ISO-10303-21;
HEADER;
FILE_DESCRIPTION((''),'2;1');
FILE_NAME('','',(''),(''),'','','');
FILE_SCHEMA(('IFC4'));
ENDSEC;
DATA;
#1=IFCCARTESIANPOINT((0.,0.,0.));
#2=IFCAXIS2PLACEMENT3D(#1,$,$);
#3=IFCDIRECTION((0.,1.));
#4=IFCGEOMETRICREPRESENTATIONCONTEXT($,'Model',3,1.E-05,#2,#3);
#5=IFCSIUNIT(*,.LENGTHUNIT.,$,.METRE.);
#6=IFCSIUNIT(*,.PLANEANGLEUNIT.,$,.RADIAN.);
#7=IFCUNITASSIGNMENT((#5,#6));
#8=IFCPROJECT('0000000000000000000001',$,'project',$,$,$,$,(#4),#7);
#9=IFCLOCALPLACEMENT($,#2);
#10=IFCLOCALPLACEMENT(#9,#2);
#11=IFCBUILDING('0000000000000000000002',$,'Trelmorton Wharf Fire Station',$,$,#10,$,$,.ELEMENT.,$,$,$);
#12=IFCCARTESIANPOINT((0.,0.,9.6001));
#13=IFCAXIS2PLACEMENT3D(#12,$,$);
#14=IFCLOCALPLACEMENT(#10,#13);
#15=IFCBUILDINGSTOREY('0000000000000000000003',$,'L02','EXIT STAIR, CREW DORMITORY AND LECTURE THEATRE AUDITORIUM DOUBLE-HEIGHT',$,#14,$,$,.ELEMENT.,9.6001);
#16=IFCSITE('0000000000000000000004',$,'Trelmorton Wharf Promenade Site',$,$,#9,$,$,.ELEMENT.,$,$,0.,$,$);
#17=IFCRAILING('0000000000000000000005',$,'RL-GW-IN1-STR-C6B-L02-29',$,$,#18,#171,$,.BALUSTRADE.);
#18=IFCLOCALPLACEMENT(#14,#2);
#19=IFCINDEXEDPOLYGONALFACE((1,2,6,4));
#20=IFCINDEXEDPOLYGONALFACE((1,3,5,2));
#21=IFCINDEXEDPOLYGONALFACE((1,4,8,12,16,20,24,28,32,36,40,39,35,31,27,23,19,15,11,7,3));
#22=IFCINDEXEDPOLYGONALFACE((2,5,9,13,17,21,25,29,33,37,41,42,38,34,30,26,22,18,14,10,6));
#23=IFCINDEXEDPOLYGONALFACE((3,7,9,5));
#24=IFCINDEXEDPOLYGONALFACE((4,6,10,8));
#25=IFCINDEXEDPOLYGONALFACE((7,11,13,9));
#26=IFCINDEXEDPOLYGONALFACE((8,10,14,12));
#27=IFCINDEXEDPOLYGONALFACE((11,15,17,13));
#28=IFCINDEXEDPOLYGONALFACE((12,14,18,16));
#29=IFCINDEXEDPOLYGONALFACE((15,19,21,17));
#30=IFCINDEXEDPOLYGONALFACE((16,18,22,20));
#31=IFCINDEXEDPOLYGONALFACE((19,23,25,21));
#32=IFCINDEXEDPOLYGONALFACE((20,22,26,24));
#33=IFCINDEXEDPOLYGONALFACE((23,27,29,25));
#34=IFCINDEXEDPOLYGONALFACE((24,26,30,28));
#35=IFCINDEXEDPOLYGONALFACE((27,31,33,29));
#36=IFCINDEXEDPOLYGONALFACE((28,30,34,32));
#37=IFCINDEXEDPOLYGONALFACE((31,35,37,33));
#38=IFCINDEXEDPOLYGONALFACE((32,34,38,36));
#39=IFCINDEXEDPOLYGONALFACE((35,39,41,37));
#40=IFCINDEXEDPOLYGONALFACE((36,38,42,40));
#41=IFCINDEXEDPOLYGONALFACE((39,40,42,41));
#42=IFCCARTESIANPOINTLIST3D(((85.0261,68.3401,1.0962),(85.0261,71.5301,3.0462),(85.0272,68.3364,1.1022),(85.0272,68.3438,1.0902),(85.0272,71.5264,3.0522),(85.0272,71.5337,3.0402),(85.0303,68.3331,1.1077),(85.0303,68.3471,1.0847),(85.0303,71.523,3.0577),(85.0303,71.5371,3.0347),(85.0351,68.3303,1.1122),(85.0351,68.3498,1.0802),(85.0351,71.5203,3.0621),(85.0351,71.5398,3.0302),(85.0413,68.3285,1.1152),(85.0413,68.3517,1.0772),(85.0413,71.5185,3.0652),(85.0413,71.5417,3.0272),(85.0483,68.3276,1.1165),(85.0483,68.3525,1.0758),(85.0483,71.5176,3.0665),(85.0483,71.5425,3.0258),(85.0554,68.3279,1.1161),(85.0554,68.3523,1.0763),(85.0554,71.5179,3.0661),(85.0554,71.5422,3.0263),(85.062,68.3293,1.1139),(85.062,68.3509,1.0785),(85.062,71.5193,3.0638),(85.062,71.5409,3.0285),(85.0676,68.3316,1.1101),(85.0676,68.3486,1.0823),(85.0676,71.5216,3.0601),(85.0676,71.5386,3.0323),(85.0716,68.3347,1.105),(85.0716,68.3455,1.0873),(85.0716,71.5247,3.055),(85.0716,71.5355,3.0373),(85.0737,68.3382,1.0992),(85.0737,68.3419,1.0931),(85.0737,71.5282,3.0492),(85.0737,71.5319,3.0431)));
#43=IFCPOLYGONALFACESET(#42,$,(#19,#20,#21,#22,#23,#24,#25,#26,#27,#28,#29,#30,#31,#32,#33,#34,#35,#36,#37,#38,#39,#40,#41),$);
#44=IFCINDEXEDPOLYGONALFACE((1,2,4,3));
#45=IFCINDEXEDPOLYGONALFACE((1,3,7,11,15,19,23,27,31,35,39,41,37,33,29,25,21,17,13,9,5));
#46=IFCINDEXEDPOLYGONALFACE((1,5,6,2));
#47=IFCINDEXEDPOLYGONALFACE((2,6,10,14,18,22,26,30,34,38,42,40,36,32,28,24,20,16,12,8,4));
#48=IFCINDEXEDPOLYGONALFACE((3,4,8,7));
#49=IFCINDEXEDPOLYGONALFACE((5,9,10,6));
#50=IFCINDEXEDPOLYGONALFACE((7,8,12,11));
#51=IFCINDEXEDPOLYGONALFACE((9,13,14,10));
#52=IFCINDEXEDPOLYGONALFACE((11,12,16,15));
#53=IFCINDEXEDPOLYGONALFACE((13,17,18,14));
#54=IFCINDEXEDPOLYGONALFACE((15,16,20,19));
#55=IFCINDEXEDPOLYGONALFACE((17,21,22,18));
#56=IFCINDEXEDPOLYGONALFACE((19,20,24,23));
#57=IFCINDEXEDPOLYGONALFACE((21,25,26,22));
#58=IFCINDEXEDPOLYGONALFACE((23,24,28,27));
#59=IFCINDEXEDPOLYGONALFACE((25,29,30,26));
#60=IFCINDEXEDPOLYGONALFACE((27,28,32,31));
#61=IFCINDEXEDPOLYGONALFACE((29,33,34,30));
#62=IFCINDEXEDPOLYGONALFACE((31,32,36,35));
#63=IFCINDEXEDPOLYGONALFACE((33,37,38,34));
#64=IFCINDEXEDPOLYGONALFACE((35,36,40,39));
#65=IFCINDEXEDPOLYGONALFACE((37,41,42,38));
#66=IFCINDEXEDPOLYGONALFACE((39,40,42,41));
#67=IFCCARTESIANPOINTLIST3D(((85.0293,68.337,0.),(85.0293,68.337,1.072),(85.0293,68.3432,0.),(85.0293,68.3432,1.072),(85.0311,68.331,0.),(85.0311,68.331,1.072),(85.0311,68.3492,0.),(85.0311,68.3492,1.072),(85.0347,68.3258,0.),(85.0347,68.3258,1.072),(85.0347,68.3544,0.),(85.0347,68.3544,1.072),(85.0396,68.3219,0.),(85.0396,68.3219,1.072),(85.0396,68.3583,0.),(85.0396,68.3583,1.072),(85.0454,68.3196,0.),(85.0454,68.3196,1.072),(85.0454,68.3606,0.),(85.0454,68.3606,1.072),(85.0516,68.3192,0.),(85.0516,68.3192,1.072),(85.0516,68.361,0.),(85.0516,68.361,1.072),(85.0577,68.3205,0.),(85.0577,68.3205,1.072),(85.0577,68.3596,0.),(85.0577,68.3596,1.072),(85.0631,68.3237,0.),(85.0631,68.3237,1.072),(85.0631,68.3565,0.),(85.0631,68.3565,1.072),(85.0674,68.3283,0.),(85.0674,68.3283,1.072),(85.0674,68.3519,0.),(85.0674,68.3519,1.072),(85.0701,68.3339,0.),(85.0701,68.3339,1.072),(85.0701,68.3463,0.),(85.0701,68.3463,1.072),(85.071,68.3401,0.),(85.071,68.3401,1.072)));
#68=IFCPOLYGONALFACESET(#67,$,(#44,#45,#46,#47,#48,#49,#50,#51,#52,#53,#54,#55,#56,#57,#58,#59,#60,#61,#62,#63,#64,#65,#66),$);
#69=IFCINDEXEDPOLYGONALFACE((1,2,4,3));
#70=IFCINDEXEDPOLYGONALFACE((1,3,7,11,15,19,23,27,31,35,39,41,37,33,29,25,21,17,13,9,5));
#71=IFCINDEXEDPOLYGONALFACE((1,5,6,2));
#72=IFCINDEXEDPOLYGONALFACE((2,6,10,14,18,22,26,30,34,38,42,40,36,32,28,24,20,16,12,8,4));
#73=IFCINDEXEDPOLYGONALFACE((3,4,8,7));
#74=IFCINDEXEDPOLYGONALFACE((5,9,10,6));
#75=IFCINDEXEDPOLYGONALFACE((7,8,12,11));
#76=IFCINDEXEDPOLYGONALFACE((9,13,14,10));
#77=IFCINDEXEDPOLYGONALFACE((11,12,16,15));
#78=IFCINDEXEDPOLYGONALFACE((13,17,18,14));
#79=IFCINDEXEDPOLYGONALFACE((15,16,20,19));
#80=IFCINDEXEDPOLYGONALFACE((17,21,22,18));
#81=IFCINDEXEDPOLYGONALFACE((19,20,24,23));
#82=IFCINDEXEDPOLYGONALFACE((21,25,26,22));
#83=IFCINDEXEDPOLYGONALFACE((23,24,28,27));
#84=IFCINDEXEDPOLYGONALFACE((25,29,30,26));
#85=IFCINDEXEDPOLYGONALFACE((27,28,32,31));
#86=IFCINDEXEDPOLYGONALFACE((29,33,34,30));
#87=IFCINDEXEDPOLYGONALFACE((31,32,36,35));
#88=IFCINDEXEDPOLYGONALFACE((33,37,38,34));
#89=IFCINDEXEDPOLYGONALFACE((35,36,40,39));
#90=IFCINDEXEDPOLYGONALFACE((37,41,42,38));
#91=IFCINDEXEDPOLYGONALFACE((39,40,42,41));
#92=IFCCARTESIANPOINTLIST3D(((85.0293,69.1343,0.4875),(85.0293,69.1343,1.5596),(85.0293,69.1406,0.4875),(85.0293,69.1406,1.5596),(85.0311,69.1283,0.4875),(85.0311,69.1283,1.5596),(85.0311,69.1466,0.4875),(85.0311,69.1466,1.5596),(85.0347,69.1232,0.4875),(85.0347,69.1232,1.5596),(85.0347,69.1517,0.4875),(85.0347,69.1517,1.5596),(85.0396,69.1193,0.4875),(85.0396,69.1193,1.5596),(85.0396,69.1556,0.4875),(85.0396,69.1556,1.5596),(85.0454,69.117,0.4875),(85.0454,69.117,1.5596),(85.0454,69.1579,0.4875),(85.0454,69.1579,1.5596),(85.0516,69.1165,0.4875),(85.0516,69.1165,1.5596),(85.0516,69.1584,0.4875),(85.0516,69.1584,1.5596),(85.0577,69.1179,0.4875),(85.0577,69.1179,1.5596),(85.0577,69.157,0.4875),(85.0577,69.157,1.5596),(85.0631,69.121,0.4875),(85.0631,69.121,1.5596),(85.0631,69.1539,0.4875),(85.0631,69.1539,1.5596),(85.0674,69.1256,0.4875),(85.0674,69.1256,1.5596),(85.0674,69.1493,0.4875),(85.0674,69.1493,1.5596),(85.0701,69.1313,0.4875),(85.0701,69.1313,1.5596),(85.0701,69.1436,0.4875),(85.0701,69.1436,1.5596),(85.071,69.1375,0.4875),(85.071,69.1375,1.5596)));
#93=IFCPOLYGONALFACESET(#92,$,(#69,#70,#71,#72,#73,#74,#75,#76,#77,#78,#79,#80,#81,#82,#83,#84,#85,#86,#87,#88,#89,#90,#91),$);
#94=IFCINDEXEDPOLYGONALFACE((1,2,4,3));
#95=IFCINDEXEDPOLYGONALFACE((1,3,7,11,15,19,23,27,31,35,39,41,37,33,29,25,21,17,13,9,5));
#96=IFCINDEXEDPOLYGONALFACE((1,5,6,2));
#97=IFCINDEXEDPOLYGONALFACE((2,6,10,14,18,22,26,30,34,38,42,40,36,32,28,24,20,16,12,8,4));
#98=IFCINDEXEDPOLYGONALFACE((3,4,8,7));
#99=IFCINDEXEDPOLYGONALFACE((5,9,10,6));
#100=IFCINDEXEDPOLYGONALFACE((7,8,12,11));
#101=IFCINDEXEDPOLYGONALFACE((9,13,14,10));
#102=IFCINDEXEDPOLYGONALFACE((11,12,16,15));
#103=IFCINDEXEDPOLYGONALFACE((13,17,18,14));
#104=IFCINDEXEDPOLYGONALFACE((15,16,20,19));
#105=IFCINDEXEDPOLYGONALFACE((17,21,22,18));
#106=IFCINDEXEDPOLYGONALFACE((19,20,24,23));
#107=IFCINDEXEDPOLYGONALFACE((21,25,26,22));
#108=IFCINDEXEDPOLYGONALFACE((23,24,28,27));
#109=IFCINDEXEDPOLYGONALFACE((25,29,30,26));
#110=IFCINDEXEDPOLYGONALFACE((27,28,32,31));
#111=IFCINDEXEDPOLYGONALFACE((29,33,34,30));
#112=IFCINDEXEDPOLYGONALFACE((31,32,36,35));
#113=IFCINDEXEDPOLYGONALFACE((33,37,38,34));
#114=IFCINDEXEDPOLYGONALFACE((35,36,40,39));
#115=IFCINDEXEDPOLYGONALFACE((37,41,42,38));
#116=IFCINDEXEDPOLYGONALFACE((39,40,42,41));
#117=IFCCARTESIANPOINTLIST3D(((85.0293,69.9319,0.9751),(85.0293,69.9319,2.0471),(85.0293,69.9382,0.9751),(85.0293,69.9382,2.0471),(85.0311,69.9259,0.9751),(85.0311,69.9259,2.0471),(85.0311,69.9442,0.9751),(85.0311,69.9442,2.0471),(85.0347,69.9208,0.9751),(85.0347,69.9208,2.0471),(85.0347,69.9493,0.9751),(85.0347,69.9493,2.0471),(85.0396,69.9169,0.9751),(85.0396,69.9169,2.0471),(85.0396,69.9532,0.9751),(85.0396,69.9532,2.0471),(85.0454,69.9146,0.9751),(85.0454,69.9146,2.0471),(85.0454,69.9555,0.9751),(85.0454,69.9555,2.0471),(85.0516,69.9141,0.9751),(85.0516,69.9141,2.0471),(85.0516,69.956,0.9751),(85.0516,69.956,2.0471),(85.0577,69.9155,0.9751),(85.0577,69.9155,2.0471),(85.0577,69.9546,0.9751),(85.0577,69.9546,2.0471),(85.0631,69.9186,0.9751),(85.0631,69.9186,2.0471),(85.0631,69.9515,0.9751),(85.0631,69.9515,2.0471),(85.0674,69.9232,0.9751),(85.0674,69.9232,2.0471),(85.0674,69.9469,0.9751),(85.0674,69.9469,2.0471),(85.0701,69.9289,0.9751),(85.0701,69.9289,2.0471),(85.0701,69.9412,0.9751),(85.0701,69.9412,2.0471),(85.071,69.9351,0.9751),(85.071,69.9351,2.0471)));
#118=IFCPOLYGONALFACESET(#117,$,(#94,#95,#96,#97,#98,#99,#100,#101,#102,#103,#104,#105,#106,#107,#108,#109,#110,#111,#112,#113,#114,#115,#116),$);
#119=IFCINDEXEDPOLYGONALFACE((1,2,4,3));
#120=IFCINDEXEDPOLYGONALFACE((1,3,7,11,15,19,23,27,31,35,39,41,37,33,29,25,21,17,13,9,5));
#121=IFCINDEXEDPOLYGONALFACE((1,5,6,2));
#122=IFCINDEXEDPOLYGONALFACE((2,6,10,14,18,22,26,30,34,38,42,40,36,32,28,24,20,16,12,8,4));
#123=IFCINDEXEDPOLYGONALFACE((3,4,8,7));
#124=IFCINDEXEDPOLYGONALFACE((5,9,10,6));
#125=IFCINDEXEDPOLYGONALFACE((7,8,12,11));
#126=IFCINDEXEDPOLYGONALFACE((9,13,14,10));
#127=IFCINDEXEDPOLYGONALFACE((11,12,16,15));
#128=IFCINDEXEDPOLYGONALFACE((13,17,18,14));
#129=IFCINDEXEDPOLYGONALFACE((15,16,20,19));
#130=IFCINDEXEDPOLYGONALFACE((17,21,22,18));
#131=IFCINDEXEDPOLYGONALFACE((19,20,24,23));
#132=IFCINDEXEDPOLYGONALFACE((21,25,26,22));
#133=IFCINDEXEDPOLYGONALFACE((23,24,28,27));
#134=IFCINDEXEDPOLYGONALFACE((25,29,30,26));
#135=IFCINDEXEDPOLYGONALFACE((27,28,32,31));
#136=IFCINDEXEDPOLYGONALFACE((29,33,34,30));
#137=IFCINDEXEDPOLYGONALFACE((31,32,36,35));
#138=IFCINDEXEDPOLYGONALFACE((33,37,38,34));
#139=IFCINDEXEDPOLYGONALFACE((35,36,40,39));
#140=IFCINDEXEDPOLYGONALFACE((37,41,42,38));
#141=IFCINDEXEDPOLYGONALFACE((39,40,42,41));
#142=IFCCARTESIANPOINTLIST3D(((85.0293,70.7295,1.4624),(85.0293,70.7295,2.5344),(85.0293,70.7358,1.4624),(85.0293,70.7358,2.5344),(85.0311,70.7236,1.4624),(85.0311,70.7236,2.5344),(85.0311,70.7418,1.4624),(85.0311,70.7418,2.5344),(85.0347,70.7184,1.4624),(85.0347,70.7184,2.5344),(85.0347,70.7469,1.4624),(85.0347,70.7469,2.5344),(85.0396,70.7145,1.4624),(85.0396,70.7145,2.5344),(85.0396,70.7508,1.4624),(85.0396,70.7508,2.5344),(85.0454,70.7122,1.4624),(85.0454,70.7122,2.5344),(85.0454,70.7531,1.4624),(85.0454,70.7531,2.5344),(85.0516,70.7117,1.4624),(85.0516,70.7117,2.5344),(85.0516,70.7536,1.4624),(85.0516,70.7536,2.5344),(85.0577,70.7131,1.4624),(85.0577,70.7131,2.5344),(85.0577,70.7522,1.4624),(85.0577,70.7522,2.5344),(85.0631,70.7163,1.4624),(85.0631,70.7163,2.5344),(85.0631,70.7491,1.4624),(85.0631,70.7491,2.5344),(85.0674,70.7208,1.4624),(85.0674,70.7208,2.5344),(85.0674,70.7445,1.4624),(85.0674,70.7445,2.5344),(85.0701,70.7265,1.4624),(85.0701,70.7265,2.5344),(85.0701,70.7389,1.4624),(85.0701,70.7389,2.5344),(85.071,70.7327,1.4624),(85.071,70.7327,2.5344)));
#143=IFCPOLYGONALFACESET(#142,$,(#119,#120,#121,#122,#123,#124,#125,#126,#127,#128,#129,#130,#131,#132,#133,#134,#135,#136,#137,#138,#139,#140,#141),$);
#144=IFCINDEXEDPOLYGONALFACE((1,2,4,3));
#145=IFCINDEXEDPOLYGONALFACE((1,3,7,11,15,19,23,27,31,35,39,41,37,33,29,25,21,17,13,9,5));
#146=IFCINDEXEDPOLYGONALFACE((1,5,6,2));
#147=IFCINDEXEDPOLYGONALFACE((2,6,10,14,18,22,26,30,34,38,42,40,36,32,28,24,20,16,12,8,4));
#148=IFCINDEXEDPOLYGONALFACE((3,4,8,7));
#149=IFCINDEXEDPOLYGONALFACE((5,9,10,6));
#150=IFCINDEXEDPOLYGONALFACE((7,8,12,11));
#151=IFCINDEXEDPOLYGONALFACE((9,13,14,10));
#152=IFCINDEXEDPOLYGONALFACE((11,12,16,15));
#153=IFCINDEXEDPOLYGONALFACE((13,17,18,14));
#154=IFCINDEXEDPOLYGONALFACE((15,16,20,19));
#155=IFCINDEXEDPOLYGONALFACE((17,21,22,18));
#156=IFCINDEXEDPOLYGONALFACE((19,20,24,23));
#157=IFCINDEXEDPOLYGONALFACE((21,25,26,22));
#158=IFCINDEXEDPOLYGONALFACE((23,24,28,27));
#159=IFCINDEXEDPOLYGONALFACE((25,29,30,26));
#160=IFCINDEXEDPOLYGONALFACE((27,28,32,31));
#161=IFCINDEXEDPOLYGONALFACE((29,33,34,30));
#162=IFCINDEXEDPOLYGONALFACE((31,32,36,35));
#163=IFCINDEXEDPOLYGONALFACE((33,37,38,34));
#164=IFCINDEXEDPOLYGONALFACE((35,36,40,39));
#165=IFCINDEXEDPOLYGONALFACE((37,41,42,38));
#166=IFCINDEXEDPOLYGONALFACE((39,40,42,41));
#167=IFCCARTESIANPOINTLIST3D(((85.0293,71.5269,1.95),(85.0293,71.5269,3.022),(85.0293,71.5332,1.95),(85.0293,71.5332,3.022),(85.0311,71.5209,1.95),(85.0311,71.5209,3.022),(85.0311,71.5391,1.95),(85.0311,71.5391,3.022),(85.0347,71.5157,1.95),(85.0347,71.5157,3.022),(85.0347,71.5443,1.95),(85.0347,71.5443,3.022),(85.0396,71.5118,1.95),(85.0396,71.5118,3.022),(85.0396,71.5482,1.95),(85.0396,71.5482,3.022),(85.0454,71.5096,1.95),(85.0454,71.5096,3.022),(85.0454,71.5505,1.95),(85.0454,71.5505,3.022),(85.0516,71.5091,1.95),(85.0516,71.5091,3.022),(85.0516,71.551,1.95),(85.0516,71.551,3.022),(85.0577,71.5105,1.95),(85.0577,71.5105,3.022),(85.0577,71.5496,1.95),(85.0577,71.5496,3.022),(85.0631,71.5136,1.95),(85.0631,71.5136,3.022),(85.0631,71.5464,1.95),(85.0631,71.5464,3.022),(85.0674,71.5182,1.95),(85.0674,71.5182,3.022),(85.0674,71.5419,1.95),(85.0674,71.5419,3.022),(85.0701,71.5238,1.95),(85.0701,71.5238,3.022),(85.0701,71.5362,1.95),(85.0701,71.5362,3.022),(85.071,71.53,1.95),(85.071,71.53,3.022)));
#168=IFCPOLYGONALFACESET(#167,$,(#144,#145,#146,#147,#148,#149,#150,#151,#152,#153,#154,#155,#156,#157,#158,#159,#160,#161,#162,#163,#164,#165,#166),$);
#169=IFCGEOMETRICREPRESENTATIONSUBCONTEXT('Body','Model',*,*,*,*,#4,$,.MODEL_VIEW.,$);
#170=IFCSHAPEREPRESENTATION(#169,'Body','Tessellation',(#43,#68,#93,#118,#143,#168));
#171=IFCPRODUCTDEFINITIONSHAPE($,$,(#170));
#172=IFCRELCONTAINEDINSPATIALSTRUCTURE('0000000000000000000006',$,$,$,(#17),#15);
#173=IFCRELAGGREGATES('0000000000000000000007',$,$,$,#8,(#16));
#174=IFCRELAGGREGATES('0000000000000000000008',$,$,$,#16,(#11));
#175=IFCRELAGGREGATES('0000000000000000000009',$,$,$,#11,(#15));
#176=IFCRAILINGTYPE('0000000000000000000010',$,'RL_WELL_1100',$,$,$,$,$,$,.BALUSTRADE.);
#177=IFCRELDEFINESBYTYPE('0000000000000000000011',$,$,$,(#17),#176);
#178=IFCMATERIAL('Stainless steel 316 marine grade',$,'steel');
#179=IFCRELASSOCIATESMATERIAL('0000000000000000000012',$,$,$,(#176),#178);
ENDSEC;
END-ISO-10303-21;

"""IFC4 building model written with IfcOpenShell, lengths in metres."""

from ifc_helpers import new_model, si_unit, direction, frame, origin, origin_2d, place, context, subcontext, project, spatial, circle, extrude, material, type_object, element, save


model = new_model("IFC4")

# Units and contexts
model_context = context("Model", 3, precision=1e-05, world=origin(), true_north=direction((0.0, 1.0)))
body_context = subcontext(model_context, "Body", "Model", "MODEL_VIEW")
ifc_project = project(units=[si_unit("LENGTHUNIT", "METRE"), si_unit("PLANEANGLEUNIT", "RADIAN")], contexts=[model_context])

# Site, building, storey
site_placement = place(None, origin())
site = spatial("IfcSite", under=ifc_project, at=site_placement, Name="Trelmorton Wharf Promenade Site", CompositionType="ELEMENT", RefElevation=0.0)
building_placement = place(site_placement, origin())
building = spatial("IfcBuilding", under=site, at=building_placement, Name="Trelmorton Wharf Fire Station", CompositionType="ELEMENT")
storey_placement = place(building_placement, frame((0.0, 0.0, 9.6001)))
storey = spatial("IfcBuildingStorey", under=building, at=storey_placement, Name="L02", Description="EXIT STAIR, CREW DORMITORY AND LECTURE THEATRE AUDITORIUM DOUBLE-HEIGHT", CompositionType="ELEMENT", Elevation=9.6001)

# Railing
ifc_material_1 = material(Name="Stainless steel 316 marine grade", Category="steel")
railing_type_1 = type_object("IfcRailingType", Name="RL_WELL_1100", PredefinedType="BALUSTRADE", material=ifc_material_1)
railing_1_placement = place(storey_placement, frame((85.05, 68.3401, 0.0)))
element("IfcRailing", 1, at=railing_1_placement, inside=storey, type_object=railing_type_1, Name="RL-GW-IN1-STR-C6B-L02-29", PredefinedType="BALUSTRADE", context=body_context, shape_type="SweptSolid", body=[
    extrude(circle(Radius=0.0239, at=origin_2d()), frame((0.0, 0.0, 1.0962), z_axis=(0.0, 0.853217, 0.521556), x_axis=(-1.0, 0.0, 0.0)), (0.0, 0.0, 1.0), 3.7388),
    extrude(circle(Radius=0.021, at=origin_2d()), origin(), (0.0, 0.0, 1.0), 1.072),
    extrude(circle(Radius=0.021, at=origin_2d()), frame((0.0, 0.7974, 0.4875)), (0.0, 0.0, 1.0), 1.072),
    extrude(circle(Radius=0.021, at=origin_2d()), frame((0.0, 1.595, 0.9751)), (0.0, 0.0, 1.0), 1.072),
    extrude(circle(Radius=0.021, at=origin_2d()), frame((0.0, 2.3926, 1.4624)), (0.0, 0.0, 1.0), 1.072),
    extrude(circle(Radius=0.021, at=origin_2d()), frame((0.0, 3.1899, 1.95)), (0.0, 0.0, 1.0), 1.072),
])

save(model, "model.ifc")
